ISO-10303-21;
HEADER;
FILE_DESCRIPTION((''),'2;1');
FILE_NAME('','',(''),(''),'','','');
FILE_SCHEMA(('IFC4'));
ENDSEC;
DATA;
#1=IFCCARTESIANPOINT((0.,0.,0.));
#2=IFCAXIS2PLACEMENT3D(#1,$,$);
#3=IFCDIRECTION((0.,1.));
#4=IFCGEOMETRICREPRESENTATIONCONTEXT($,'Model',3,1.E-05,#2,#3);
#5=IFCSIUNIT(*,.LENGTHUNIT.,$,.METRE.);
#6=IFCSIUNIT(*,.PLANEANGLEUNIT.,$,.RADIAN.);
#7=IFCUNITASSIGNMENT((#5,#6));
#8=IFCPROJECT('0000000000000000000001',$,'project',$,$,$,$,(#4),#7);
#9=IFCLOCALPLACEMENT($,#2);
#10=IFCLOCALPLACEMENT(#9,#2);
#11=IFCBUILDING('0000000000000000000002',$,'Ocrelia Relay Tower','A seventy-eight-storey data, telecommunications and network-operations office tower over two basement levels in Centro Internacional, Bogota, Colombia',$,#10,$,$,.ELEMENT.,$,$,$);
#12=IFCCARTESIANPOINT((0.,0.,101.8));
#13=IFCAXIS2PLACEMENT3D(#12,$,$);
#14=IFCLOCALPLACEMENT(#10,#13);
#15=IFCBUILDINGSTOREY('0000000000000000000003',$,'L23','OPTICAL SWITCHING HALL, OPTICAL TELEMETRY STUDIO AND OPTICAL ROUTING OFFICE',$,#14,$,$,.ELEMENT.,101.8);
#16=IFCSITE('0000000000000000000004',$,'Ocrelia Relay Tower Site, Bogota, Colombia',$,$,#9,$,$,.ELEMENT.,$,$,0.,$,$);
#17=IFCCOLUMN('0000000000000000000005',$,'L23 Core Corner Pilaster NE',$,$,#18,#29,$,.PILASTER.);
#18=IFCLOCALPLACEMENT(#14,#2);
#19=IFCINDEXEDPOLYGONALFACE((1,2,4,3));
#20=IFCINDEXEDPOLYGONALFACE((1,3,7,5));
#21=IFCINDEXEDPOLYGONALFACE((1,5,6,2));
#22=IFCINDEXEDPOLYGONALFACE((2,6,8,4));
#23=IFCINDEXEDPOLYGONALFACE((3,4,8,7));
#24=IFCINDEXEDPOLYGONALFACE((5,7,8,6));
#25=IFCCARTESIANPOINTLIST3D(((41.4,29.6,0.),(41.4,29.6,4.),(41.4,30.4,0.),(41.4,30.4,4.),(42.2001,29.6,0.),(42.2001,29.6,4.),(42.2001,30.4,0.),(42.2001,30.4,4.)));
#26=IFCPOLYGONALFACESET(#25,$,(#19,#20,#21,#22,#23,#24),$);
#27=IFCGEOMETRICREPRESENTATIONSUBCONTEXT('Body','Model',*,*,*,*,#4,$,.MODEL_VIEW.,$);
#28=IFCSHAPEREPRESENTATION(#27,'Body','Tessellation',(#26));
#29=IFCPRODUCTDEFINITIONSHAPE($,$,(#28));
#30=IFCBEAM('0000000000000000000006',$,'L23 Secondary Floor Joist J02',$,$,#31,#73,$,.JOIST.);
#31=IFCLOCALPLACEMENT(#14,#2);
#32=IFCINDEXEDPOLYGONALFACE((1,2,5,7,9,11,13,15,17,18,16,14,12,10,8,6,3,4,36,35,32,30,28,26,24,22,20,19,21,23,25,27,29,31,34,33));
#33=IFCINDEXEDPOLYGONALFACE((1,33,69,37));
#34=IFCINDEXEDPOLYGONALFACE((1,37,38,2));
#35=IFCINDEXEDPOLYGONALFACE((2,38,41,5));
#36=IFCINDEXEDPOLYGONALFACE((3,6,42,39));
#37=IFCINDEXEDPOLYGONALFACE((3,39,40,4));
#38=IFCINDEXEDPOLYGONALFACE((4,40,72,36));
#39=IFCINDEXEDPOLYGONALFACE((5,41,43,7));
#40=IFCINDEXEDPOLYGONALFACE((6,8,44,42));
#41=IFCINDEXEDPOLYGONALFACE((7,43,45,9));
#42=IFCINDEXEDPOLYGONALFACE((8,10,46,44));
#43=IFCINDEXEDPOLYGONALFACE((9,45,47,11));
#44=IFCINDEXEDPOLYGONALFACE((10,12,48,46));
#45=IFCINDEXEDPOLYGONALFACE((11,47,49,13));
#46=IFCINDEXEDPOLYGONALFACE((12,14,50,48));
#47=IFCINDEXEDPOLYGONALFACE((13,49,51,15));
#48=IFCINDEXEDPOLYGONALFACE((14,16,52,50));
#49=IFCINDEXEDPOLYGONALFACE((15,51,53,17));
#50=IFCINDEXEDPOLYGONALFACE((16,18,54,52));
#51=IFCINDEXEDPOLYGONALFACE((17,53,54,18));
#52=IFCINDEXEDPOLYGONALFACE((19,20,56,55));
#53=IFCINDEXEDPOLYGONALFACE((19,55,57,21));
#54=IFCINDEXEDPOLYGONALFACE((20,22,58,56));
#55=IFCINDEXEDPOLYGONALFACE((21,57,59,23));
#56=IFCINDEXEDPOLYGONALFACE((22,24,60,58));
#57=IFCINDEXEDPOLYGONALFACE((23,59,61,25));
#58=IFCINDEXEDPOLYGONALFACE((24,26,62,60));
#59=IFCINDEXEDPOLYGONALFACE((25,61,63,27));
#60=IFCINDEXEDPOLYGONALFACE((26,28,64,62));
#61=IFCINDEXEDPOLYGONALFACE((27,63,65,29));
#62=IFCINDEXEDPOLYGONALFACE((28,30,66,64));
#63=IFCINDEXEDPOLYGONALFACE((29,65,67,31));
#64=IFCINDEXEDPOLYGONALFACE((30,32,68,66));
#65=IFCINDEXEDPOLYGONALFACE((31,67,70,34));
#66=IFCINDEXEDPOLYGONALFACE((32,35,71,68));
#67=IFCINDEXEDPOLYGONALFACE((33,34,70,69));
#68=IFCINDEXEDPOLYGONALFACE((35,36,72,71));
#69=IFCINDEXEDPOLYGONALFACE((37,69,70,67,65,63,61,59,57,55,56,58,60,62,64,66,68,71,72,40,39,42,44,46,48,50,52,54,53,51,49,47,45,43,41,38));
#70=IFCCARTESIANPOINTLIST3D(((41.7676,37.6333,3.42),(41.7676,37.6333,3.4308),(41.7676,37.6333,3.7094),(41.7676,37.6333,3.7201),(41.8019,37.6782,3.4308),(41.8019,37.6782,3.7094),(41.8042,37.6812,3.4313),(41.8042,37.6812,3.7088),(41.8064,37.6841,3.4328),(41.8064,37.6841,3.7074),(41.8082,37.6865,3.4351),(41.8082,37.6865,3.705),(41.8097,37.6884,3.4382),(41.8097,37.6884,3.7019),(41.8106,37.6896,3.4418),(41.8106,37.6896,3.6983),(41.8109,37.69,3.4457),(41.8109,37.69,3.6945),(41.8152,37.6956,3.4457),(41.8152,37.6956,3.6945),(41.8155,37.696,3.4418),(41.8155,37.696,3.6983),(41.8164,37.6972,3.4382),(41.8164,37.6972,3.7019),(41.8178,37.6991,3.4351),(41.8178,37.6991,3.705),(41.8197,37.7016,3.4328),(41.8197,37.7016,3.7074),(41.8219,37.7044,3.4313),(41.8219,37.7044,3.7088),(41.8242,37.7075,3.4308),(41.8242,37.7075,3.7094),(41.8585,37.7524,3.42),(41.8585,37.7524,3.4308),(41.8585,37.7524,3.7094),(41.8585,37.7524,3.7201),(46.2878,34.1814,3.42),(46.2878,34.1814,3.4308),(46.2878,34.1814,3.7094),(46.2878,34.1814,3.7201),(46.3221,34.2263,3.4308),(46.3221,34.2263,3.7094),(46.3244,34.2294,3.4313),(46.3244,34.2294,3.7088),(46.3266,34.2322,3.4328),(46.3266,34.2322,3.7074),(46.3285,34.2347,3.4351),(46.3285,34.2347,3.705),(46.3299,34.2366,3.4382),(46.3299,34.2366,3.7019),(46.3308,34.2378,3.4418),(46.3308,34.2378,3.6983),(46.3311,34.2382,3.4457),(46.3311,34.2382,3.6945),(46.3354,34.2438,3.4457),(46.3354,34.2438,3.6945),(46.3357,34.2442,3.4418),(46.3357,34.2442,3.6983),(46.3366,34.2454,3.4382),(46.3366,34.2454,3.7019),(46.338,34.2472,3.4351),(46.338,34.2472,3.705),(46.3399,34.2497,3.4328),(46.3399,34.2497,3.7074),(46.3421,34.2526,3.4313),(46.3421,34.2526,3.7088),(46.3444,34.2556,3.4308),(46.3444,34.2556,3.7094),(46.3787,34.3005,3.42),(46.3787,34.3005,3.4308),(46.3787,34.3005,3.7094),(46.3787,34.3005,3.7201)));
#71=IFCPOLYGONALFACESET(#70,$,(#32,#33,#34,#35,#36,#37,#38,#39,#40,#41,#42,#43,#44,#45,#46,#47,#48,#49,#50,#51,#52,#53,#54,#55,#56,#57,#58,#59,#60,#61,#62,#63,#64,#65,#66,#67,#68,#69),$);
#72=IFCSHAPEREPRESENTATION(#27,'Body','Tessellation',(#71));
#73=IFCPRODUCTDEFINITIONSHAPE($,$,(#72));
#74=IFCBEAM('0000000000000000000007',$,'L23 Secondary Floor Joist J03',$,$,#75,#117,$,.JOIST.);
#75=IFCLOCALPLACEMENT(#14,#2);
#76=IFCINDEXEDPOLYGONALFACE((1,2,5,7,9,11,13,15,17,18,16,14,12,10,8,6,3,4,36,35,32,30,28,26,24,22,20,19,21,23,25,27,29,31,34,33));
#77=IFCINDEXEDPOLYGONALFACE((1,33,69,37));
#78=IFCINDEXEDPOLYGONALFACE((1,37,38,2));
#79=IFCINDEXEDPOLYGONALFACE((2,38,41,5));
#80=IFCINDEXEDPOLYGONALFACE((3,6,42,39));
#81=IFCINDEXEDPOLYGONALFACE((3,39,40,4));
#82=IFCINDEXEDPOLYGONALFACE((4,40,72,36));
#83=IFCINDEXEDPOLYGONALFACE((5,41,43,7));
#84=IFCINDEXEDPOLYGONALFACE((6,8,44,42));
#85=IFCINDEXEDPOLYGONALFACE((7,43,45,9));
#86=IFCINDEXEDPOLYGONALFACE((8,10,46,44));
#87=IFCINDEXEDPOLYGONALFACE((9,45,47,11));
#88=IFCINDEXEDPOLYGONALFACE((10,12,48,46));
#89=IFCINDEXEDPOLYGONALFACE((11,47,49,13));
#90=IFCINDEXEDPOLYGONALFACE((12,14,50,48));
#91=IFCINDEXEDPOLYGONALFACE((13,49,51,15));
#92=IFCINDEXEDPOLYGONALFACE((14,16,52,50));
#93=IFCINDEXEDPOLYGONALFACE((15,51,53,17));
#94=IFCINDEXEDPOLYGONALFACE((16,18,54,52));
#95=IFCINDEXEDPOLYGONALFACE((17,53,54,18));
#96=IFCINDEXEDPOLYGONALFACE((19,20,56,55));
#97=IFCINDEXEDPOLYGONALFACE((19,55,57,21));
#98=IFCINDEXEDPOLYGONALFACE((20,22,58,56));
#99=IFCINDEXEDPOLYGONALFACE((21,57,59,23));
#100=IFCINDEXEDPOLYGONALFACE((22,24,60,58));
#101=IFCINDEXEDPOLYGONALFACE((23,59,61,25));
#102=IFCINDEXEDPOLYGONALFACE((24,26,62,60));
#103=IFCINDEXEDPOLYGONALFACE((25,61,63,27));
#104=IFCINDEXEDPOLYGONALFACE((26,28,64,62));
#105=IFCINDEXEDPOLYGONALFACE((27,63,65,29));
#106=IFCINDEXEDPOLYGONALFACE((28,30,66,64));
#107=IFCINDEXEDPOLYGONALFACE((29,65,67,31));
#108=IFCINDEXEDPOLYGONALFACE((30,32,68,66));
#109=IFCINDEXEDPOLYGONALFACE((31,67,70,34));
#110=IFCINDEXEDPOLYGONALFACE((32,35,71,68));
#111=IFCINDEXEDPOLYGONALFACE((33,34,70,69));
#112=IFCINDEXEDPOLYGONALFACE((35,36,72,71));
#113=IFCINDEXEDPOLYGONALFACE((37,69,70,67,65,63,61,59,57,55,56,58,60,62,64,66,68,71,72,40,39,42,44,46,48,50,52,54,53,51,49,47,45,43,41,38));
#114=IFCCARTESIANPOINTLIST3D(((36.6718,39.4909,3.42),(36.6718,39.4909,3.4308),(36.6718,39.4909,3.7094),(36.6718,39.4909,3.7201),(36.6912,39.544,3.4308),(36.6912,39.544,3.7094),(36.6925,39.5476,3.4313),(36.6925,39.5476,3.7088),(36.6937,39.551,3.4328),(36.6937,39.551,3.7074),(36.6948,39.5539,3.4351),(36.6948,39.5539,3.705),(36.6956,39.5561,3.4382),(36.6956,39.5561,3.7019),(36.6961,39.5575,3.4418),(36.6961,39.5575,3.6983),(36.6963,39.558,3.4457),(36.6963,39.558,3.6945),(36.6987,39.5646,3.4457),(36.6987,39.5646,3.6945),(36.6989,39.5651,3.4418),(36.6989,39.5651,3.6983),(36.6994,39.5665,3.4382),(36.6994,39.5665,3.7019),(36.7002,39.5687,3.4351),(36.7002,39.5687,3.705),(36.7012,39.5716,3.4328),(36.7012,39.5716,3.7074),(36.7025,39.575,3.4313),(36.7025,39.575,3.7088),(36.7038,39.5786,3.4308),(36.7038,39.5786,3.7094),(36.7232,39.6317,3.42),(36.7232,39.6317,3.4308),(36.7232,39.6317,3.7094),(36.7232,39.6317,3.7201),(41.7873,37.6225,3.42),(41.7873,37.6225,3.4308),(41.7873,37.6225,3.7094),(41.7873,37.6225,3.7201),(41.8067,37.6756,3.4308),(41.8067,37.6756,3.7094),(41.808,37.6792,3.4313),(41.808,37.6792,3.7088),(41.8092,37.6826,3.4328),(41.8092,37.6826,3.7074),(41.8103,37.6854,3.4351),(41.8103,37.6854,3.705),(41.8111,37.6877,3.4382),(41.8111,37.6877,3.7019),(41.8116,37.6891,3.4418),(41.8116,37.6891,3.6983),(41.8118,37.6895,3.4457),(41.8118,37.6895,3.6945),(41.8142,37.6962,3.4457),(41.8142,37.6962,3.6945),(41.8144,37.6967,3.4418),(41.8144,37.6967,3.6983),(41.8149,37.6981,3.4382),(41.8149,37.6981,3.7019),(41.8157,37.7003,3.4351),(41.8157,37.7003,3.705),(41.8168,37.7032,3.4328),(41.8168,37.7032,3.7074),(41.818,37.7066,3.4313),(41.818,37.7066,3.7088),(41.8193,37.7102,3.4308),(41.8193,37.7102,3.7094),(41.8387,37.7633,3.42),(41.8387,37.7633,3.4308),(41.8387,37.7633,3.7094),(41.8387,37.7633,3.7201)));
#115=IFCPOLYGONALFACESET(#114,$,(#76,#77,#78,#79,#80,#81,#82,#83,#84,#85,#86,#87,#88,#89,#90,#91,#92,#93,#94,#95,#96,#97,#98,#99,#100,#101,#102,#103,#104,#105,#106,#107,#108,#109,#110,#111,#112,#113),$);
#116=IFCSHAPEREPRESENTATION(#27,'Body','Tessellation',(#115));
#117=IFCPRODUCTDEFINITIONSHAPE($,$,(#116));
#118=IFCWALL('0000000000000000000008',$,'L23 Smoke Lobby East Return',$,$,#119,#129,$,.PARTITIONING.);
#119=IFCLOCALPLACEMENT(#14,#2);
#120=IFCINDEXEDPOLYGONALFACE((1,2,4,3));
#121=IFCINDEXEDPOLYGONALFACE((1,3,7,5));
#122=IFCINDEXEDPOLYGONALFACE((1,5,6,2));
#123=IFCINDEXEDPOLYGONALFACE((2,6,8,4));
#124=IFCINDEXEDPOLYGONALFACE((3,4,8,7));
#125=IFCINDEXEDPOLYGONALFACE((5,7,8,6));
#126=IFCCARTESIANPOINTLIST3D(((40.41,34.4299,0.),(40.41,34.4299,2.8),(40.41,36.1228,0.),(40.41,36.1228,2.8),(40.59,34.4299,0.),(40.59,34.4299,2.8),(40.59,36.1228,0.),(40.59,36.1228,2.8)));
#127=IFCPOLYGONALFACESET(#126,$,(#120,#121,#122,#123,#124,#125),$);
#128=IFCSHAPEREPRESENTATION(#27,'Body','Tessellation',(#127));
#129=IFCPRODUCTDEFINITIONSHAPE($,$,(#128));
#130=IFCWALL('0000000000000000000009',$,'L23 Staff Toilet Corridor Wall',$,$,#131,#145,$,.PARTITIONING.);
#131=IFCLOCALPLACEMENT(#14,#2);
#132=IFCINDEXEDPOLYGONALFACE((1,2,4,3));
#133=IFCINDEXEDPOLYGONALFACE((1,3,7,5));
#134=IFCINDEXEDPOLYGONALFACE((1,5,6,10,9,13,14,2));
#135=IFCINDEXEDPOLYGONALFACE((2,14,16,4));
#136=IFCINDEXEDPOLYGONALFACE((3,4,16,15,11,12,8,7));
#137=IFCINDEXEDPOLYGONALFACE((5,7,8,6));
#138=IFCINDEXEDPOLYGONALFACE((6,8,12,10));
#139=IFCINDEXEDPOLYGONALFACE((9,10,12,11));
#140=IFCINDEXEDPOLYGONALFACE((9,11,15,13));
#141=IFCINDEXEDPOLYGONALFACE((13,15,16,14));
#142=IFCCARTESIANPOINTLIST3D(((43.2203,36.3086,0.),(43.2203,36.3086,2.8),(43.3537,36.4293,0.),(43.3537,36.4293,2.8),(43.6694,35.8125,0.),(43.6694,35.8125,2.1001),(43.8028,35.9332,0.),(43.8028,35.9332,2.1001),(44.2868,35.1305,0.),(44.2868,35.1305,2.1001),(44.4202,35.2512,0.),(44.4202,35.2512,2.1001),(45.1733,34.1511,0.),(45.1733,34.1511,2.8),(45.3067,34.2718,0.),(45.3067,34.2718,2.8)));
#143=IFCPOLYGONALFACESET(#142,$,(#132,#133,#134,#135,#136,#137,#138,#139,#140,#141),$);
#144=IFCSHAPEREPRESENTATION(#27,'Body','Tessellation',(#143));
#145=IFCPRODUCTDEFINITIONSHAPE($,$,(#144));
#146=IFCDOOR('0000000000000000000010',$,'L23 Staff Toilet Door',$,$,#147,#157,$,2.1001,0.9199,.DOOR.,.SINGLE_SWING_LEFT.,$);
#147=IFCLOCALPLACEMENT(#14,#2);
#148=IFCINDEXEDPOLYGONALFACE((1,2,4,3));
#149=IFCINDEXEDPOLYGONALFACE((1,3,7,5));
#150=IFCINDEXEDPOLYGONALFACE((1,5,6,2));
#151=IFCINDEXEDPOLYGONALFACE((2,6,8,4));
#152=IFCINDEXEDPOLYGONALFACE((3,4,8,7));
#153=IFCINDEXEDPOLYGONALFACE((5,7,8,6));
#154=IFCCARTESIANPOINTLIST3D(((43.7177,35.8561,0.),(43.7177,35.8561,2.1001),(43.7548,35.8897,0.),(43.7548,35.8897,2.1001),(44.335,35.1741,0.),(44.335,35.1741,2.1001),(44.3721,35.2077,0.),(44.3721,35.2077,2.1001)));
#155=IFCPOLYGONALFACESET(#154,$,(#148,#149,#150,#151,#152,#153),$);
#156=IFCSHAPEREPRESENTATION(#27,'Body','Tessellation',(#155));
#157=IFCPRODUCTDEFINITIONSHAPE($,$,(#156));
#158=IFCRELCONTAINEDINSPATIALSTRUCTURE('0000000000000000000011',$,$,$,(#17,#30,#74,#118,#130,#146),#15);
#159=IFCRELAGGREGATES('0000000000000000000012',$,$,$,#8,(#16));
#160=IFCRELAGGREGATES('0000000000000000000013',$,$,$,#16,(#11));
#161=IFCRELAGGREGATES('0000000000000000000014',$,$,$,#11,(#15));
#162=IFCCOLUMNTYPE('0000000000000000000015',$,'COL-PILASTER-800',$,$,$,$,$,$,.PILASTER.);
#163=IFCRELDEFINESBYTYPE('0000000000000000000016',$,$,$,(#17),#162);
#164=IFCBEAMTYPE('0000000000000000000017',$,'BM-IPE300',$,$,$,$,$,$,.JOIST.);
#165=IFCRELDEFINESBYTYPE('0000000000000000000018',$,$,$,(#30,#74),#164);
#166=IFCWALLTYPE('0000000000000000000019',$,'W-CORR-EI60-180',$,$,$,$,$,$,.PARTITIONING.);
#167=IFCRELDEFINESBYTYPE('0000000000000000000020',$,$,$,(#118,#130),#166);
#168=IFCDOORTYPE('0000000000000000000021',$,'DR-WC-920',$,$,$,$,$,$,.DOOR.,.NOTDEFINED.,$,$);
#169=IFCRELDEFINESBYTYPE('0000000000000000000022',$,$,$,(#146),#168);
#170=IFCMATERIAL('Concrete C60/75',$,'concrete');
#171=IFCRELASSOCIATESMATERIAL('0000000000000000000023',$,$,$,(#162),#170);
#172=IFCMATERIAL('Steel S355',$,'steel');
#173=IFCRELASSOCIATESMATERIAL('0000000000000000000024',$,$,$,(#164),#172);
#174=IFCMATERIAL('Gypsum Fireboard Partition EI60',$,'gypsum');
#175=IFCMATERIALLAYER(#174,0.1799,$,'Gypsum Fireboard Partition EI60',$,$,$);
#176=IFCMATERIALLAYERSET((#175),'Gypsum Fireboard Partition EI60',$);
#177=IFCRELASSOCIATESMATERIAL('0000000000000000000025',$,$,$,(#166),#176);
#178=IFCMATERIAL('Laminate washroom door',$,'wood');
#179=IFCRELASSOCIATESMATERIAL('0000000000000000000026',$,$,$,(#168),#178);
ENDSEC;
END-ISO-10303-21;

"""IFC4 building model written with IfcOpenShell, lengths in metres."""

from ifc_helpers import new_model, si_unit, direction, frame, frame_2d, origin, origin_2d, place, context, subcontext, project, spatial, rectangle, i_section, extrude, material, layer, layer_set, material_profile, profile_set, type_object, element, fill, save


model = new_model("IFC4")

# Units and contexts
model_context = context("Model", 3, precision=1e-05, world=origin(), true_north=direction((0.0, 1.0)))
body_context = subcontext(model_context, "Body", "Model", "MODEL_VIEW")
ifc_project = project(units=[si_unit("LENGTHUNIT", "METRE"), si_unit("PLANEANGLEUNIT", "RADIAN")], contexts=[model_context])

# Site, building, storey
site_placement = place(None, origin())
site = spatial("IfcSite", under=ifc_project, at=site_placement, Name="Ocrelia Relay Tower Site, Bogota, Colombia", CompositionType="ELEMENT", RefElevation=0.0)
building_placement = place(site_placement, origin())
building = spatial("IfcBuilding", under=site, at=building_placement, Name="Ocrelia Relay Tower", Description="A seventy-eight-storey data, telecommunications and network-operations office tower over two basement levels in Centro Internacional, Bogota, Colombia", CompositionType="ELEMENT")
storey_placement = place(building_placement, frame((0.0, 0.0, 101.8)))
storey = spatial("IfcBuildingStorey", under=building, at=storey_placement, Name="L23", Description="OPTICAL SWITCHING HALL, OPTICAL TELEMETRY STUDIO AND OPTICAL ROUTING OFFICE", CompositionType="ELEMENT", Elevation=101.8)

# Column
ifc_material_1 = material(Name="Concrete C60/75", Category="concrete")
ifc_material_profile_1 = material_profile(ifc_material_1, rectangle(XDim=0.8, YDim=0.8, at=origin_2d()), Name="RC-COL-800x800")
ifc_profile_set_1 = profile_set([ifc_material_profile_1], Name="Concrete C60/75")
column_type = type_object("IfcColumnType", Name="COL-PILASTER-800", PredefinedType="PILASTER", material=ifc_profile_set_1)
column_placement = place(storey_placement, frame((41.8, 30.0, 0.0), z_axis=(0.0, 0.0, 1.0), x_axis=(1.0, 0.0, 0.0)))
element("IfcColumn", 1, at=column_placement, inside=storey, type_object=column_type, Name="L23 Core Corner Pilaster NE", PredefinedType="PILASTER", context=body_context, shape_type="SweptSolid", body=[
    extrude(rectangle(XDim=0.8, YDim=0.8, at=origin_2d()), origin(), (0.0, 0.0, 1.0), 4.0),
])

# Beams
ifc_material_2 = material(Name="Steel S355", Category="steel")
ifc_material_profile_2 = material_profile(ifc_material_2, i_section(OverallWidth=0.1499, OverallDepth=0.3, WebThickness=0.0071, FlangeThickness=0.0107, FilletRadius=0.0149, at=origin_2d()), Name="IPE 300")
ifc_profile_set_2 = profile_set([ifc_material_profile_2], Name="Steel S355")
beam_type = type_object("IfcBeamType", Name="BM-IPE300", PredefinedType="JOIST", material=ifc_profile_set_2)
beam_1_placement = place(storey_placement, frame((46.3333, 34.241, 3.5701), z_axis=(-0.794762, 0.606921, 0.0), x_axis=(-0.606921, -0.794762, 0.0)))
element("IfcBeam", 2, at=beam_1_placement, inside=storey, type_object=beam_type, Name="L23 Secondary Floor Joist J02", PredefinedType="JOIST", context=body_context, shape_type="SweptSolid", body=[
    extrude(i_section(OverallWidth=0.1499, OverallDepth=0.3, WebThickness=0.0071, FlangeThickness=0.0107, FilletRadius=0.0149, at=origin_2d()), origin(), (0.0, 0.0, 1.0), 5.6875),
])
beam_2_placement = place(storey_placement, frame((41.813, 37.6929, 3.5701), z_axis=(-0.939307, 0.343078, 0.0), x_axis=(-0.343078, -0.939307, 0.0)))
element("IfcBeam", 3, at=beam_2_placement, inside=storey, type_object=beam_type, Name="L23 Secondary Floor Joist J03", PredefinedType="JOIST", context=body_context, shape_type="SweptSolid", body=[
    extrude(i_section(OverallWidth=0.1499, OverallDepth=0.3, WebThickness=0.0071, FlangeThickness=0.0107, FilletRadius=0.0149, at=origin_2d()), origin(), (0.0, 0.0, 1.0), 5.446),
])

# Wall
ifc_material_3 = material(Name="Gypsum Fireboard Partition EI60", Category="gypsum")
ifc_layer_1 = layer(ifc_material_3, 0.1799, Name="Gypsum Fireboard Partition EI60")
ifc_layer_set_1 = layer_set([ifc_layer_1], Name="Gypsum Fireboard Partition EI60")
wall_type_1 = type_object("IfcWallType", Name="W-CORR-EI60-180", PredefinedType="PARTITIONING", material=ifc_layer_set_1)
wall_1_placement = place(storey_placement, frame((40.5, 36.1228, 0.0), z_axis=(0.0, 0.0, 1.0), x_axis=(0.0, -1.0, 0.0)))
element("IfcWall", 4, at=wall_1_placement, inside=storey, type_object=wall_type_1, Name="L23 Smoke Lobby East Return", PredefinedType="PARTITIONING", context=body_context, shape_type="SweptSolid", body=[
    extrude(rectangle(XDim=1.6929, YDim=0.1799, at=frame_2d((0.8464, 0.0))), origin(), (0.0, 0.0, 1.0), 2.8),
])

# Wall, opening, door
wall_2_placement = place(storey_placement, frame((45.24, 34.2114, 0.0), z_axis=(0.0, 0.0, 1.0), x_axis=(-0.67108, 0.741385, 0.0)))
wall_2 = element("IfcWall", 5, at=wall_2_placement, inside=storey, type_object=wall_type_1, Name="L23 Staff Toilet Corridor Wall", PredefinedType="PARTITIONING", context=body_context, shape_type="SweptSolid", body=[
    extrude(rectangle(XDim=2.9102, YDim=0.1799, at=frame_2d((1.4551, 0.0))), origin(), (0.0, 0.0, 1.0), 2.8),
])
opening_1_placement = place(wall_2_placement, frame((1.321, 0.0, 0.0)))
opening_1 = element("IfcOpeningElement", 6, at=opening_1_placement, cuts=wall_2, PredefinedType="OPENING", context=body_context, shape_type="SweptSolid", body=[
    extrude(rectangle(XDim=0.9199, YDim=2.1001, at=frame_2d((0.46, 1.05))), frame((0.0, 0.1001, 0.0), z_axis=(0.0, -1.0, 0.0), x_axis=(1.0, 0.0, 0.0)), (0.0, 0.0, 1.0), 0.2),
])
ifc_material_4 = material(Name="Laminate washroom door", Category="wood")
door_type_1 = type_object("IfcDoorType", Name="DR-WC-920", OperationType="NOTDEFINED", PredefinedType="DOOR", material=ifc_material_4)
door_1_placement = place(opening_1_placement, origin())
door_1 = element("IfcDoor", 7, at=door_1_placement, inside=storey, type_object=door_type_1, Name="L23 Staff Toilet Door", OperationType="SINGLE_SWING_LEFT", OverallHeight=2.1001, OverallWidth=0.9199, PredefinedType="DOOR", context=body_context, shape_type="SweptSolid", body=[
    extrude(rectangle(XDim=0.9199, YDim=2.1001, at=frame_2d((0.46, 1.05))), frame((0.0, 0.0249, 0.0), z_axis=(0.0, -1.0, 0.0), x_axis=(1.0, 0.0, 0.0)), (0.0, 0.0, 1.0), 0.05),
])
fill(opening_1, door_1)

save(model, "model.ifc")
